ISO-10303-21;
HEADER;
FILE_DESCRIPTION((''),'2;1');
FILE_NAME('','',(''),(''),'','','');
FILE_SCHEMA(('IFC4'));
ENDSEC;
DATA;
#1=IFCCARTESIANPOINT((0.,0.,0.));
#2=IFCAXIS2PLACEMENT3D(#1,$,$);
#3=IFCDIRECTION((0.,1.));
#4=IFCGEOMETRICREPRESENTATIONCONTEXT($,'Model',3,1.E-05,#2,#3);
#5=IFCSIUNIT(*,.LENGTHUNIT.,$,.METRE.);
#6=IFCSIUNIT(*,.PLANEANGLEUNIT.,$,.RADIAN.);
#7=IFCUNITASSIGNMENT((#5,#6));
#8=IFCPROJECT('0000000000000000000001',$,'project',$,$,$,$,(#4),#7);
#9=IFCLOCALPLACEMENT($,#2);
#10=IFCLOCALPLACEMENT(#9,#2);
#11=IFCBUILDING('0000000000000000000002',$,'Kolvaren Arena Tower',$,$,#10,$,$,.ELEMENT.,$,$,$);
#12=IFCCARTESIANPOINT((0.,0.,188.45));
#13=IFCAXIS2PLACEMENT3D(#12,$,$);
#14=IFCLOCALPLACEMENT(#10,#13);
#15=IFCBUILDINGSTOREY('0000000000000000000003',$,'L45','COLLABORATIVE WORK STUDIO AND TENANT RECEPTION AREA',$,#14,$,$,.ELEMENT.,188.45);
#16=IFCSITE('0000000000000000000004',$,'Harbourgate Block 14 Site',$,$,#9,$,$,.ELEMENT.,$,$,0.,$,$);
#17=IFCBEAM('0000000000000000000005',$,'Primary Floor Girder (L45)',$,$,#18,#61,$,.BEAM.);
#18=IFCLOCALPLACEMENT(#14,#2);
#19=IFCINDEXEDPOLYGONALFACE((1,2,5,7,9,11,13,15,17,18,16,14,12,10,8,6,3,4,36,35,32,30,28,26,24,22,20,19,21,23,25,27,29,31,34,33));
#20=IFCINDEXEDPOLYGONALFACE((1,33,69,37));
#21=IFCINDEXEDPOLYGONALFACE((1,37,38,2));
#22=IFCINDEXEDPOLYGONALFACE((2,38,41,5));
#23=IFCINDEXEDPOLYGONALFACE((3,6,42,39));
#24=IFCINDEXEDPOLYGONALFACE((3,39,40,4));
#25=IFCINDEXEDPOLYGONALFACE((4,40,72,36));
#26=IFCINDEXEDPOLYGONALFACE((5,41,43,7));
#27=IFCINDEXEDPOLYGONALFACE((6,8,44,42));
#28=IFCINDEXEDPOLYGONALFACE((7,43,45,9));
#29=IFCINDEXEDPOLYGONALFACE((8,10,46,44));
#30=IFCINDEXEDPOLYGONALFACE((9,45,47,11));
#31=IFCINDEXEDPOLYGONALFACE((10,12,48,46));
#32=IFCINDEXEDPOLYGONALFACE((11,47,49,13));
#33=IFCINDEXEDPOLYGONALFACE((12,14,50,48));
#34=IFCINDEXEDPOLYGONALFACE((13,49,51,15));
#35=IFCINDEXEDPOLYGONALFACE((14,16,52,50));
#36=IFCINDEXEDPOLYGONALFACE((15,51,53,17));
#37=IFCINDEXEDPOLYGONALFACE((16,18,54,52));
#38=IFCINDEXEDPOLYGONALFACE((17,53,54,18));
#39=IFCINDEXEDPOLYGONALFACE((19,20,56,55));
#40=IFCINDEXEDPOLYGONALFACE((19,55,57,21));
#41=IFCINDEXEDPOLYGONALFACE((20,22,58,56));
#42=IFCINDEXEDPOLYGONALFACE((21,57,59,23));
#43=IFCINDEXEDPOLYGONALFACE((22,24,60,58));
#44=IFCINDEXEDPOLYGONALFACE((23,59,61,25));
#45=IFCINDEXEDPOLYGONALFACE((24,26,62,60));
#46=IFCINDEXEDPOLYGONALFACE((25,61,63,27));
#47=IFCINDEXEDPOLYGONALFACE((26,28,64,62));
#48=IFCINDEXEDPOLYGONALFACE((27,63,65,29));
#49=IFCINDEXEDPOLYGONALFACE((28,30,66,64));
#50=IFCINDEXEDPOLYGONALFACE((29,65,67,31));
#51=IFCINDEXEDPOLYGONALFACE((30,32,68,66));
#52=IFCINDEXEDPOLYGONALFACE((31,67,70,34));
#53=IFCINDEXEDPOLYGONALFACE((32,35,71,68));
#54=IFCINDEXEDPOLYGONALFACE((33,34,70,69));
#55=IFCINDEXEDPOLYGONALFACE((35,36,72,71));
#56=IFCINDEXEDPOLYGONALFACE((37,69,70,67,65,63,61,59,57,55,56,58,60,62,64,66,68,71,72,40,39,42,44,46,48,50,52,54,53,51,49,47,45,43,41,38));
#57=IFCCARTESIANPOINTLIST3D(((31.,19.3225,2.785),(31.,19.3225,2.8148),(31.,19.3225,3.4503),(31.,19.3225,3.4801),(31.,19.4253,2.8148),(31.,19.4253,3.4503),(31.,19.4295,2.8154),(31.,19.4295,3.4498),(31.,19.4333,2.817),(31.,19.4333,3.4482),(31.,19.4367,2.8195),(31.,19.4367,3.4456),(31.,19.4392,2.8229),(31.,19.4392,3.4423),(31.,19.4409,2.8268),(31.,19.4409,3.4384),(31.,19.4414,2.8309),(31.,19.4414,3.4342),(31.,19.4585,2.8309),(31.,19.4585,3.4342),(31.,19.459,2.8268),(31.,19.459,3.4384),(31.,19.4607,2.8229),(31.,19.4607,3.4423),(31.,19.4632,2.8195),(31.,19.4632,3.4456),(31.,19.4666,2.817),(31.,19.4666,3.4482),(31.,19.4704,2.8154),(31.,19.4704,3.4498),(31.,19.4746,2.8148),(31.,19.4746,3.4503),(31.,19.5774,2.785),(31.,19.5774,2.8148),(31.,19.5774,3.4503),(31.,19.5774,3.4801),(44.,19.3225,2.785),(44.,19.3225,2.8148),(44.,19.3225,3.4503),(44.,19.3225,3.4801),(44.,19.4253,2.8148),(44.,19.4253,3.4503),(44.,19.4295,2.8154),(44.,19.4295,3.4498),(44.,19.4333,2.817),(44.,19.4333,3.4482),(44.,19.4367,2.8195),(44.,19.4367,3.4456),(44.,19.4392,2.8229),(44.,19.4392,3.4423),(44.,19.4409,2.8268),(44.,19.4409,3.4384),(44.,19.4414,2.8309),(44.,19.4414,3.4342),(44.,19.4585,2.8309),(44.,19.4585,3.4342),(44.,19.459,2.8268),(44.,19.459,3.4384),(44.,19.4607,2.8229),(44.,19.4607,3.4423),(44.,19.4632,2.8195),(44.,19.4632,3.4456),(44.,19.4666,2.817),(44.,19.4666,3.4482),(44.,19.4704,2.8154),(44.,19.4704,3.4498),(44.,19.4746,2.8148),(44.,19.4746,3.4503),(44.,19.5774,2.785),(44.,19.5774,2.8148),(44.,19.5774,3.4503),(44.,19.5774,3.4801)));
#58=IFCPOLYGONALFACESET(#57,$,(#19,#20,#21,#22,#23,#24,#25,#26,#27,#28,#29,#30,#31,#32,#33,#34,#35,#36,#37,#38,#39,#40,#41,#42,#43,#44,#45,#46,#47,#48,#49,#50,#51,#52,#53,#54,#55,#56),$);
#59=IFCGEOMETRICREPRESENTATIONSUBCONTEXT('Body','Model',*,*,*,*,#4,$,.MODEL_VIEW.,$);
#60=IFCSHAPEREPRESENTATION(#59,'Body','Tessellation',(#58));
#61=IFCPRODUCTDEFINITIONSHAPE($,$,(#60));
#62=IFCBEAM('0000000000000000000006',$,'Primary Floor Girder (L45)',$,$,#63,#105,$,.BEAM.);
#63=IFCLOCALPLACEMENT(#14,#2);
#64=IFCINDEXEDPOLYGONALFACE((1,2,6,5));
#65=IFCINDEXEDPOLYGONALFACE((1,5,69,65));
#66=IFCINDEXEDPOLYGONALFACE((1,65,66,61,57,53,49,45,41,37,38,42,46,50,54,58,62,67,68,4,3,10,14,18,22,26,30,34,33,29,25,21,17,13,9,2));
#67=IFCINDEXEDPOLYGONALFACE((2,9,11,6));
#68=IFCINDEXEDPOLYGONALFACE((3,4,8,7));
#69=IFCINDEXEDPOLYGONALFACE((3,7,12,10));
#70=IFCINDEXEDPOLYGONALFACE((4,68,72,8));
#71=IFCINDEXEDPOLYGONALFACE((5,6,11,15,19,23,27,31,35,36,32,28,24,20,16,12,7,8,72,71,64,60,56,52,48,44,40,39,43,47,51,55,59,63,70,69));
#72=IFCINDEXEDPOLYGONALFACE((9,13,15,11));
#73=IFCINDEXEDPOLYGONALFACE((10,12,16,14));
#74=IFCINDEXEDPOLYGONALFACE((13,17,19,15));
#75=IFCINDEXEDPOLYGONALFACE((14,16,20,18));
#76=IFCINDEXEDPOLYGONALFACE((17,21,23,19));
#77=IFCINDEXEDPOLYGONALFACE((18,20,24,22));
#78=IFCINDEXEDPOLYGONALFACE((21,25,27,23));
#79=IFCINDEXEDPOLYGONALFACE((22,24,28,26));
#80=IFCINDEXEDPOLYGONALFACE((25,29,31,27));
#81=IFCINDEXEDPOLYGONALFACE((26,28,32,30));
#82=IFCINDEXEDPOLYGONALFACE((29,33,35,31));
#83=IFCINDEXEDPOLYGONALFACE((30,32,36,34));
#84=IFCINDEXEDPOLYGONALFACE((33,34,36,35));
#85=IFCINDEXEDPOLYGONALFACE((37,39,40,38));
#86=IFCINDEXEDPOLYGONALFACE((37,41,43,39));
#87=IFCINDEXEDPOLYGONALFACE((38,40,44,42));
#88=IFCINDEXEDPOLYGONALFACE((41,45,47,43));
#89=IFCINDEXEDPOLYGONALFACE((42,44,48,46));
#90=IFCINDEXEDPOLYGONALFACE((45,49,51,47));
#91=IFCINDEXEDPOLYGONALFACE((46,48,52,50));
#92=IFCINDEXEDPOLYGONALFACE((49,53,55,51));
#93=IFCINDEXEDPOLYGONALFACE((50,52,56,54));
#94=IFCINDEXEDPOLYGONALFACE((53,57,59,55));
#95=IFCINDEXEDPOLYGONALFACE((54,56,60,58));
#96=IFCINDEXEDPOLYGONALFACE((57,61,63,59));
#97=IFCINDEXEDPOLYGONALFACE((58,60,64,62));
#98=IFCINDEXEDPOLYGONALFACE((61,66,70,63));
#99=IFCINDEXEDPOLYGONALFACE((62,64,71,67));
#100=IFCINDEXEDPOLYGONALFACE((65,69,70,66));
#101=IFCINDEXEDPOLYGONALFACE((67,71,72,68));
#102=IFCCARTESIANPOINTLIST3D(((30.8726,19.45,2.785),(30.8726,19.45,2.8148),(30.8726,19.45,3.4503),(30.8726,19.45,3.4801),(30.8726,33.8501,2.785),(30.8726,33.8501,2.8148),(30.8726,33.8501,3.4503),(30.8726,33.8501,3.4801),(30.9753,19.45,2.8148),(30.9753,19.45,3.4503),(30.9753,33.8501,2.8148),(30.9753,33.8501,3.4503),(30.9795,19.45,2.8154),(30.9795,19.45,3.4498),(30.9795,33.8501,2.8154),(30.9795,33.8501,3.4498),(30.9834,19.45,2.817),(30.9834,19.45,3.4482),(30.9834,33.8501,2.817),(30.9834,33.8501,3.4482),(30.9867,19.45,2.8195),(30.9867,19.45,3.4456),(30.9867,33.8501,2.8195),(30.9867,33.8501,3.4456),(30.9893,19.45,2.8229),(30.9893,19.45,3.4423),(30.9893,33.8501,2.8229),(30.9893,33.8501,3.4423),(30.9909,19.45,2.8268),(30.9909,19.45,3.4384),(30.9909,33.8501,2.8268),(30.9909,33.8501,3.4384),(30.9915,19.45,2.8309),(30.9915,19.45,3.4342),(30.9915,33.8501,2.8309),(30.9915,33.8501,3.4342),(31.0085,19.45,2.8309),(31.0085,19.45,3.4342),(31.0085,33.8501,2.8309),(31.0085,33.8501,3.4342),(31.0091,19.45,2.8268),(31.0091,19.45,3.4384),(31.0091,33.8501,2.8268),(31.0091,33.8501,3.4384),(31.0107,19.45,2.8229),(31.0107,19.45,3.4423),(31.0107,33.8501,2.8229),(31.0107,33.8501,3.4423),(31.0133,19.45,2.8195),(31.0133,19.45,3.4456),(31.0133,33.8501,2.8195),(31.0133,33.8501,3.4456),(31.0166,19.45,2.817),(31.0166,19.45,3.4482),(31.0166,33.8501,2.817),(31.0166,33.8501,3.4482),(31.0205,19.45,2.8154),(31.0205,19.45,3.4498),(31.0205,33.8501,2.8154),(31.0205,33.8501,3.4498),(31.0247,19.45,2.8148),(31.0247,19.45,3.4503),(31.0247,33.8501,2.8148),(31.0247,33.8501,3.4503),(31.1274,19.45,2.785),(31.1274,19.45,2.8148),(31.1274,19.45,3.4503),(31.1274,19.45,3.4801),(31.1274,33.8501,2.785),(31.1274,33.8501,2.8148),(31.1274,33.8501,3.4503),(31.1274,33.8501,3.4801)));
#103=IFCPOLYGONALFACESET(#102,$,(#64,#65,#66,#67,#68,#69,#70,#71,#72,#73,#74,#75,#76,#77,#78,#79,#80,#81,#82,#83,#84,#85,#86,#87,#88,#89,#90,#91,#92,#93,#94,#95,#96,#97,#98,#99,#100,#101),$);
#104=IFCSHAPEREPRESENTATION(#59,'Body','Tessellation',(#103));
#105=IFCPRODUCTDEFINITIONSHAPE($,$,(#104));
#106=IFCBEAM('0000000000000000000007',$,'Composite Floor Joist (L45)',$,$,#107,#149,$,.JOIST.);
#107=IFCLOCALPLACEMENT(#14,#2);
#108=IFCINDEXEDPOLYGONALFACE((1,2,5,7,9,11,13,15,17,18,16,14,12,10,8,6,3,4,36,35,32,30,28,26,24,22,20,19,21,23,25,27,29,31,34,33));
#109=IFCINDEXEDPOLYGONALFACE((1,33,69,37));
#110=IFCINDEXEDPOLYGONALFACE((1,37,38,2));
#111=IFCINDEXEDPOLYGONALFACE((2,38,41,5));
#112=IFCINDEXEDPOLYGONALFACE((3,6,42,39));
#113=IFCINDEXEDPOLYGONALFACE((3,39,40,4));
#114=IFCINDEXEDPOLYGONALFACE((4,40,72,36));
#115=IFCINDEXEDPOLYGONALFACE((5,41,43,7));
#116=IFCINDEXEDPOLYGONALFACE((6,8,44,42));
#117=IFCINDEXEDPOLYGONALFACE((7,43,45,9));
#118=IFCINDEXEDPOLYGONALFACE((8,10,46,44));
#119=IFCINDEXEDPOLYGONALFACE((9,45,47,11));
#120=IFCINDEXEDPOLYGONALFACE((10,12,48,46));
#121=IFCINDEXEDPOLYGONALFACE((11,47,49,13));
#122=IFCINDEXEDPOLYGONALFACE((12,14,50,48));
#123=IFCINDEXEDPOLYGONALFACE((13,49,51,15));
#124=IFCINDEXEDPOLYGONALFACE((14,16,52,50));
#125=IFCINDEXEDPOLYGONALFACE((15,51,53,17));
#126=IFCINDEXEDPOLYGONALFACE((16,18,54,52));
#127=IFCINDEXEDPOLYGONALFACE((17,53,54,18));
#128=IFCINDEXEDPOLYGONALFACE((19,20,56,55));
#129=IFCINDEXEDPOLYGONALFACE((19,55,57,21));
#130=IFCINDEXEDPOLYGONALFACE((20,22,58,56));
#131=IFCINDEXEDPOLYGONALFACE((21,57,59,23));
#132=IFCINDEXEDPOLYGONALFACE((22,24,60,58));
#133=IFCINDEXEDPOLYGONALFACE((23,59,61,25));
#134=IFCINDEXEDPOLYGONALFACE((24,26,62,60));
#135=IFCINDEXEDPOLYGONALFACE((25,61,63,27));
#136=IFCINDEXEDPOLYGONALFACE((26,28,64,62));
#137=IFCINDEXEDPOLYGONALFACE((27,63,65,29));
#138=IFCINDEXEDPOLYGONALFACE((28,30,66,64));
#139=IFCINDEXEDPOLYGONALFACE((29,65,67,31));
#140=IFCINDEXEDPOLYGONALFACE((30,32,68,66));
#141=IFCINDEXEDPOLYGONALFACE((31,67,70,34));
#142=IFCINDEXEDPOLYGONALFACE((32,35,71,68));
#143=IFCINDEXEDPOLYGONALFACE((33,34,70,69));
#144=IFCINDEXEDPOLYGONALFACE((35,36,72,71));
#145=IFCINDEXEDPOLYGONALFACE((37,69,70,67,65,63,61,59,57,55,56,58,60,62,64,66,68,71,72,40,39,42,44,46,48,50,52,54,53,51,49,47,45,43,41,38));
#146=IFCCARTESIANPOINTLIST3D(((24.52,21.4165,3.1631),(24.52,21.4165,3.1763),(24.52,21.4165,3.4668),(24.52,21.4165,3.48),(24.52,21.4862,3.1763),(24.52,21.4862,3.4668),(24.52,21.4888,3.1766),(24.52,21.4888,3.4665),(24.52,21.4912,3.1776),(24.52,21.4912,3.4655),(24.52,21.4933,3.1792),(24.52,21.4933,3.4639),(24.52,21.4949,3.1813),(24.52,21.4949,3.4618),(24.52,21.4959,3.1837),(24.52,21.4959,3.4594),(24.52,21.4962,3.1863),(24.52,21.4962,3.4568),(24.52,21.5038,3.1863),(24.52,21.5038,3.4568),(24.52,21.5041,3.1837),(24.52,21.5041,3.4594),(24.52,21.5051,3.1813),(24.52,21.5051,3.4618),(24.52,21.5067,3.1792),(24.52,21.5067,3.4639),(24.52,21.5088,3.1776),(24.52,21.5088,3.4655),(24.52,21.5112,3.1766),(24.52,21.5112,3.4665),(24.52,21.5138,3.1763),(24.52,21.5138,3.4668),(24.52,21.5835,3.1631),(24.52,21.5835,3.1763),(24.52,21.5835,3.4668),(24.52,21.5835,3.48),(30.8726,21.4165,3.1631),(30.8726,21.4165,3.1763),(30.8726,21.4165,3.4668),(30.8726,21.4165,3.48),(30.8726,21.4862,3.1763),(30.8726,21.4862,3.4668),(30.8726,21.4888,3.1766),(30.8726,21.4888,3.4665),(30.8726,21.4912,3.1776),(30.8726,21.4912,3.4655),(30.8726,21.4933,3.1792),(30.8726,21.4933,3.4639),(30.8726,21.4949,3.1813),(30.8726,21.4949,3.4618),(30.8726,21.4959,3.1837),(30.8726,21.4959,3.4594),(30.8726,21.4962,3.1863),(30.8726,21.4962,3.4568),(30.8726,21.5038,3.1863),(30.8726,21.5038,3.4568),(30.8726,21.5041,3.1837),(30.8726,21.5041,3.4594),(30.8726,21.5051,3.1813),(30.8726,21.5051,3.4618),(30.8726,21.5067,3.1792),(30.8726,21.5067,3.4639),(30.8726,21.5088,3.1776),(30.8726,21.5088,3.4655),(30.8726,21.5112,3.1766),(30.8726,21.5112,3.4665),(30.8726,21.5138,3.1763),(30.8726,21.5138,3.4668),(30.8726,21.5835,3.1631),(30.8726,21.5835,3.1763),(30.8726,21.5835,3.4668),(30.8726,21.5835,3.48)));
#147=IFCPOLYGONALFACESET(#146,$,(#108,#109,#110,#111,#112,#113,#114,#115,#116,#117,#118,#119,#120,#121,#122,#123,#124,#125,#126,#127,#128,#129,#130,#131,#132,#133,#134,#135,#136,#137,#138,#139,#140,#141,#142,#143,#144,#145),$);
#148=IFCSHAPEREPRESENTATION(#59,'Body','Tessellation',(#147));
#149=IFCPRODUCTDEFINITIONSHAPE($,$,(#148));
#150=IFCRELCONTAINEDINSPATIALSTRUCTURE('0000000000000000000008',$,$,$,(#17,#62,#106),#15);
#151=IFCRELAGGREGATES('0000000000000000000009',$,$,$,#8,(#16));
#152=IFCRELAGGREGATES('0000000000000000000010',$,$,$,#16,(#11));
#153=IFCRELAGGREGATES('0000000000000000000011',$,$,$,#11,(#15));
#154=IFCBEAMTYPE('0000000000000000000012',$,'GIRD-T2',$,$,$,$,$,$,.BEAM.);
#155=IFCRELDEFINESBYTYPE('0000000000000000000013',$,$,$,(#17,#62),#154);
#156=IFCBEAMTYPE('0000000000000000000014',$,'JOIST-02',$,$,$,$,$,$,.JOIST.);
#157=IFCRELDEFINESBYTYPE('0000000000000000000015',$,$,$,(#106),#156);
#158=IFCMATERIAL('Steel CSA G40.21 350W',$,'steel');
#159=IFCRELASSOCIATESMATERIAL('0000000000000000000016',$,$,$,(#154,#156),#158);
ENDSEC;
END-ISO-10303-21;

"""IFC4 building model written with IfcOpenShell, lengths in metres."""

from ifc_helpers import new_model, si_unit, direction, frame, origin, origin_2d, place, context, subcontext, project, spatial, i_section, extrude, material, material_profile, profile_set, type_object, element, save


model = new_model("IFC4")

# Units and contexts
model_context = context("Model", 3, precision=1e-05, world=origin(), true_north=direction((0.0, 1.0)))
body_context = subcontext(model_context, "Body", "Model", "MODEL_VIEW")
ifc_project = project(units=[si_unit("LENGTHUNIT", "METRE"), si_unit("PLANEANGLEUNIT", "RADIAN")], contexts=[model_context])

# Site, building, storey
site_placement = place(None, origin())
site = spatial("IfcSite", under=ifc_project, at=site_placement, Name="Harbourgate Block 14 Site", CompositionType="ELEMENT", RefElevation=0.0)
building_placement = place(site_placement, origin())
building = spatial("IfcBuilding", under=site, at=building_placement, Name="Kolvaren Arena Tower", CompositionType="ELEMENT")
storey_placement = place(building_placement, frame((0.0, 0.0, 188.45)))
storey = spatial("IfcBuildingStorey", under=building, at=storey_placement, Name="L45", Description="COLLABORATIVE WORK STUDIO AND TENANT RECEPTION AREA", CompositionType="ELEMENT", Elevation=188.45)

# Beams
ifc_material_1 = material(Name="Steel CSA G40.21 350W", Category="steel")
ifc_material_profile_1 = material_profile(ifc_material_1, i_section(OverallWidth=0.2549, OverallDepth=0.6951, WebThickness=0.0171, FlangeThickness=0.0298, FilletRadius=0.0161, at=origin_2d()), Name="W690x217")
ifc_profile_set_1 = profile_set([ifc_material_profile_1], Name="Steel CSA G40.21 350W")
beam_type_1 = type_object("IfcBeamType", Name="GIRD-T2", PredefinedType="BEAM", material=ifc_profile_set_1)
beam_1_placement = place(storey_placement, frame((31.0, 19.45, 3.1326), z_axis=(1.0, 0.0, 0.0), x_axis=(0.0, 1.0, 0.0)))
element("IfcBeam", 1, at=beam_1_placement, inside=storey, type_object=beam_type_1, Name="Primary Floor Girder (L45)", PredefinedType="BEAM", context=body_context, shape_type="SweptSolid", body=[
    extrude(i_section(OverallWidth=0.2549, OverallDepth=0.6951, WebThickness=0.0171, FlangeThickness=0.0298, FilletRadius=0.0161, at=origin_2d()), origin(), (0.0, 0.0, 1.0), 13.0),
])
beam_2_placement = place(storey_placement, frame((31.0, 19.45, 3.1326), z_axis=(0.0, 1.0, 0.0), x_axis=(-1.0, 0.0, 0.0)))
element("IfcBeam", 2, at=beam_2_placement, inside=storey, type_object=beam_type_1, Name="Primary Floor Girder (L45)", PredefinedType="BEAM", context=body_context, shape_type="SweptSolid", body=[
    extrude(i_section(OverallWidth=0.2549, OverallDepth=0.6951, WebThickness=0.0171, FlangeThickness=0.0298, FilletRadius=0.0161, at=origin_2d()), origin(), (0.0, 0.0, 1.0), 14.4001),
])
ifc_material_profile_2 = material_profile(ifc_material_1, i_section(OverallWidth=0.167, OverallDepth=0.3169, WebThickness=0.0076, FlangeThickness=0.0132, FilletRadius=0.01, at=origin_2d()), Name="W310x52")
ifc_profile_set_2 = profile_set([ifc_material_profile_2], Name="Steel CSA G40.21 350W")
beam_type_2 = type_object("IfcBeamType", Name="JOIST-02", PredefinedType="JOIST", material=ifc_profile_set_2)
beam_3_placement = place(storey_placement, frame((24.52, 21.5, 3.3215), z_axis=(1.0, 0.0, 0.0), x_axis=(0.0, 1.0, 0.0)))
element("IfcBeam", 3, at=beam_3_placement, inside=storey, type_object=beam_type_2, Name="Composite Floor Joist (L45)", PredefinedType="JOIST", context=body_context, shape_type="SweptSolid", body=[
    extrude(i_section(OverallWidth=0.167, OverallDepth=0.3169, WebThickness=0.0076, FlangeThickness=0.0132, FilletRadius=0.01, at=origin_2d()), origin(), (0.0, 0.0, 1.0), 6.3525),
])

save(model, "model.ifc")
